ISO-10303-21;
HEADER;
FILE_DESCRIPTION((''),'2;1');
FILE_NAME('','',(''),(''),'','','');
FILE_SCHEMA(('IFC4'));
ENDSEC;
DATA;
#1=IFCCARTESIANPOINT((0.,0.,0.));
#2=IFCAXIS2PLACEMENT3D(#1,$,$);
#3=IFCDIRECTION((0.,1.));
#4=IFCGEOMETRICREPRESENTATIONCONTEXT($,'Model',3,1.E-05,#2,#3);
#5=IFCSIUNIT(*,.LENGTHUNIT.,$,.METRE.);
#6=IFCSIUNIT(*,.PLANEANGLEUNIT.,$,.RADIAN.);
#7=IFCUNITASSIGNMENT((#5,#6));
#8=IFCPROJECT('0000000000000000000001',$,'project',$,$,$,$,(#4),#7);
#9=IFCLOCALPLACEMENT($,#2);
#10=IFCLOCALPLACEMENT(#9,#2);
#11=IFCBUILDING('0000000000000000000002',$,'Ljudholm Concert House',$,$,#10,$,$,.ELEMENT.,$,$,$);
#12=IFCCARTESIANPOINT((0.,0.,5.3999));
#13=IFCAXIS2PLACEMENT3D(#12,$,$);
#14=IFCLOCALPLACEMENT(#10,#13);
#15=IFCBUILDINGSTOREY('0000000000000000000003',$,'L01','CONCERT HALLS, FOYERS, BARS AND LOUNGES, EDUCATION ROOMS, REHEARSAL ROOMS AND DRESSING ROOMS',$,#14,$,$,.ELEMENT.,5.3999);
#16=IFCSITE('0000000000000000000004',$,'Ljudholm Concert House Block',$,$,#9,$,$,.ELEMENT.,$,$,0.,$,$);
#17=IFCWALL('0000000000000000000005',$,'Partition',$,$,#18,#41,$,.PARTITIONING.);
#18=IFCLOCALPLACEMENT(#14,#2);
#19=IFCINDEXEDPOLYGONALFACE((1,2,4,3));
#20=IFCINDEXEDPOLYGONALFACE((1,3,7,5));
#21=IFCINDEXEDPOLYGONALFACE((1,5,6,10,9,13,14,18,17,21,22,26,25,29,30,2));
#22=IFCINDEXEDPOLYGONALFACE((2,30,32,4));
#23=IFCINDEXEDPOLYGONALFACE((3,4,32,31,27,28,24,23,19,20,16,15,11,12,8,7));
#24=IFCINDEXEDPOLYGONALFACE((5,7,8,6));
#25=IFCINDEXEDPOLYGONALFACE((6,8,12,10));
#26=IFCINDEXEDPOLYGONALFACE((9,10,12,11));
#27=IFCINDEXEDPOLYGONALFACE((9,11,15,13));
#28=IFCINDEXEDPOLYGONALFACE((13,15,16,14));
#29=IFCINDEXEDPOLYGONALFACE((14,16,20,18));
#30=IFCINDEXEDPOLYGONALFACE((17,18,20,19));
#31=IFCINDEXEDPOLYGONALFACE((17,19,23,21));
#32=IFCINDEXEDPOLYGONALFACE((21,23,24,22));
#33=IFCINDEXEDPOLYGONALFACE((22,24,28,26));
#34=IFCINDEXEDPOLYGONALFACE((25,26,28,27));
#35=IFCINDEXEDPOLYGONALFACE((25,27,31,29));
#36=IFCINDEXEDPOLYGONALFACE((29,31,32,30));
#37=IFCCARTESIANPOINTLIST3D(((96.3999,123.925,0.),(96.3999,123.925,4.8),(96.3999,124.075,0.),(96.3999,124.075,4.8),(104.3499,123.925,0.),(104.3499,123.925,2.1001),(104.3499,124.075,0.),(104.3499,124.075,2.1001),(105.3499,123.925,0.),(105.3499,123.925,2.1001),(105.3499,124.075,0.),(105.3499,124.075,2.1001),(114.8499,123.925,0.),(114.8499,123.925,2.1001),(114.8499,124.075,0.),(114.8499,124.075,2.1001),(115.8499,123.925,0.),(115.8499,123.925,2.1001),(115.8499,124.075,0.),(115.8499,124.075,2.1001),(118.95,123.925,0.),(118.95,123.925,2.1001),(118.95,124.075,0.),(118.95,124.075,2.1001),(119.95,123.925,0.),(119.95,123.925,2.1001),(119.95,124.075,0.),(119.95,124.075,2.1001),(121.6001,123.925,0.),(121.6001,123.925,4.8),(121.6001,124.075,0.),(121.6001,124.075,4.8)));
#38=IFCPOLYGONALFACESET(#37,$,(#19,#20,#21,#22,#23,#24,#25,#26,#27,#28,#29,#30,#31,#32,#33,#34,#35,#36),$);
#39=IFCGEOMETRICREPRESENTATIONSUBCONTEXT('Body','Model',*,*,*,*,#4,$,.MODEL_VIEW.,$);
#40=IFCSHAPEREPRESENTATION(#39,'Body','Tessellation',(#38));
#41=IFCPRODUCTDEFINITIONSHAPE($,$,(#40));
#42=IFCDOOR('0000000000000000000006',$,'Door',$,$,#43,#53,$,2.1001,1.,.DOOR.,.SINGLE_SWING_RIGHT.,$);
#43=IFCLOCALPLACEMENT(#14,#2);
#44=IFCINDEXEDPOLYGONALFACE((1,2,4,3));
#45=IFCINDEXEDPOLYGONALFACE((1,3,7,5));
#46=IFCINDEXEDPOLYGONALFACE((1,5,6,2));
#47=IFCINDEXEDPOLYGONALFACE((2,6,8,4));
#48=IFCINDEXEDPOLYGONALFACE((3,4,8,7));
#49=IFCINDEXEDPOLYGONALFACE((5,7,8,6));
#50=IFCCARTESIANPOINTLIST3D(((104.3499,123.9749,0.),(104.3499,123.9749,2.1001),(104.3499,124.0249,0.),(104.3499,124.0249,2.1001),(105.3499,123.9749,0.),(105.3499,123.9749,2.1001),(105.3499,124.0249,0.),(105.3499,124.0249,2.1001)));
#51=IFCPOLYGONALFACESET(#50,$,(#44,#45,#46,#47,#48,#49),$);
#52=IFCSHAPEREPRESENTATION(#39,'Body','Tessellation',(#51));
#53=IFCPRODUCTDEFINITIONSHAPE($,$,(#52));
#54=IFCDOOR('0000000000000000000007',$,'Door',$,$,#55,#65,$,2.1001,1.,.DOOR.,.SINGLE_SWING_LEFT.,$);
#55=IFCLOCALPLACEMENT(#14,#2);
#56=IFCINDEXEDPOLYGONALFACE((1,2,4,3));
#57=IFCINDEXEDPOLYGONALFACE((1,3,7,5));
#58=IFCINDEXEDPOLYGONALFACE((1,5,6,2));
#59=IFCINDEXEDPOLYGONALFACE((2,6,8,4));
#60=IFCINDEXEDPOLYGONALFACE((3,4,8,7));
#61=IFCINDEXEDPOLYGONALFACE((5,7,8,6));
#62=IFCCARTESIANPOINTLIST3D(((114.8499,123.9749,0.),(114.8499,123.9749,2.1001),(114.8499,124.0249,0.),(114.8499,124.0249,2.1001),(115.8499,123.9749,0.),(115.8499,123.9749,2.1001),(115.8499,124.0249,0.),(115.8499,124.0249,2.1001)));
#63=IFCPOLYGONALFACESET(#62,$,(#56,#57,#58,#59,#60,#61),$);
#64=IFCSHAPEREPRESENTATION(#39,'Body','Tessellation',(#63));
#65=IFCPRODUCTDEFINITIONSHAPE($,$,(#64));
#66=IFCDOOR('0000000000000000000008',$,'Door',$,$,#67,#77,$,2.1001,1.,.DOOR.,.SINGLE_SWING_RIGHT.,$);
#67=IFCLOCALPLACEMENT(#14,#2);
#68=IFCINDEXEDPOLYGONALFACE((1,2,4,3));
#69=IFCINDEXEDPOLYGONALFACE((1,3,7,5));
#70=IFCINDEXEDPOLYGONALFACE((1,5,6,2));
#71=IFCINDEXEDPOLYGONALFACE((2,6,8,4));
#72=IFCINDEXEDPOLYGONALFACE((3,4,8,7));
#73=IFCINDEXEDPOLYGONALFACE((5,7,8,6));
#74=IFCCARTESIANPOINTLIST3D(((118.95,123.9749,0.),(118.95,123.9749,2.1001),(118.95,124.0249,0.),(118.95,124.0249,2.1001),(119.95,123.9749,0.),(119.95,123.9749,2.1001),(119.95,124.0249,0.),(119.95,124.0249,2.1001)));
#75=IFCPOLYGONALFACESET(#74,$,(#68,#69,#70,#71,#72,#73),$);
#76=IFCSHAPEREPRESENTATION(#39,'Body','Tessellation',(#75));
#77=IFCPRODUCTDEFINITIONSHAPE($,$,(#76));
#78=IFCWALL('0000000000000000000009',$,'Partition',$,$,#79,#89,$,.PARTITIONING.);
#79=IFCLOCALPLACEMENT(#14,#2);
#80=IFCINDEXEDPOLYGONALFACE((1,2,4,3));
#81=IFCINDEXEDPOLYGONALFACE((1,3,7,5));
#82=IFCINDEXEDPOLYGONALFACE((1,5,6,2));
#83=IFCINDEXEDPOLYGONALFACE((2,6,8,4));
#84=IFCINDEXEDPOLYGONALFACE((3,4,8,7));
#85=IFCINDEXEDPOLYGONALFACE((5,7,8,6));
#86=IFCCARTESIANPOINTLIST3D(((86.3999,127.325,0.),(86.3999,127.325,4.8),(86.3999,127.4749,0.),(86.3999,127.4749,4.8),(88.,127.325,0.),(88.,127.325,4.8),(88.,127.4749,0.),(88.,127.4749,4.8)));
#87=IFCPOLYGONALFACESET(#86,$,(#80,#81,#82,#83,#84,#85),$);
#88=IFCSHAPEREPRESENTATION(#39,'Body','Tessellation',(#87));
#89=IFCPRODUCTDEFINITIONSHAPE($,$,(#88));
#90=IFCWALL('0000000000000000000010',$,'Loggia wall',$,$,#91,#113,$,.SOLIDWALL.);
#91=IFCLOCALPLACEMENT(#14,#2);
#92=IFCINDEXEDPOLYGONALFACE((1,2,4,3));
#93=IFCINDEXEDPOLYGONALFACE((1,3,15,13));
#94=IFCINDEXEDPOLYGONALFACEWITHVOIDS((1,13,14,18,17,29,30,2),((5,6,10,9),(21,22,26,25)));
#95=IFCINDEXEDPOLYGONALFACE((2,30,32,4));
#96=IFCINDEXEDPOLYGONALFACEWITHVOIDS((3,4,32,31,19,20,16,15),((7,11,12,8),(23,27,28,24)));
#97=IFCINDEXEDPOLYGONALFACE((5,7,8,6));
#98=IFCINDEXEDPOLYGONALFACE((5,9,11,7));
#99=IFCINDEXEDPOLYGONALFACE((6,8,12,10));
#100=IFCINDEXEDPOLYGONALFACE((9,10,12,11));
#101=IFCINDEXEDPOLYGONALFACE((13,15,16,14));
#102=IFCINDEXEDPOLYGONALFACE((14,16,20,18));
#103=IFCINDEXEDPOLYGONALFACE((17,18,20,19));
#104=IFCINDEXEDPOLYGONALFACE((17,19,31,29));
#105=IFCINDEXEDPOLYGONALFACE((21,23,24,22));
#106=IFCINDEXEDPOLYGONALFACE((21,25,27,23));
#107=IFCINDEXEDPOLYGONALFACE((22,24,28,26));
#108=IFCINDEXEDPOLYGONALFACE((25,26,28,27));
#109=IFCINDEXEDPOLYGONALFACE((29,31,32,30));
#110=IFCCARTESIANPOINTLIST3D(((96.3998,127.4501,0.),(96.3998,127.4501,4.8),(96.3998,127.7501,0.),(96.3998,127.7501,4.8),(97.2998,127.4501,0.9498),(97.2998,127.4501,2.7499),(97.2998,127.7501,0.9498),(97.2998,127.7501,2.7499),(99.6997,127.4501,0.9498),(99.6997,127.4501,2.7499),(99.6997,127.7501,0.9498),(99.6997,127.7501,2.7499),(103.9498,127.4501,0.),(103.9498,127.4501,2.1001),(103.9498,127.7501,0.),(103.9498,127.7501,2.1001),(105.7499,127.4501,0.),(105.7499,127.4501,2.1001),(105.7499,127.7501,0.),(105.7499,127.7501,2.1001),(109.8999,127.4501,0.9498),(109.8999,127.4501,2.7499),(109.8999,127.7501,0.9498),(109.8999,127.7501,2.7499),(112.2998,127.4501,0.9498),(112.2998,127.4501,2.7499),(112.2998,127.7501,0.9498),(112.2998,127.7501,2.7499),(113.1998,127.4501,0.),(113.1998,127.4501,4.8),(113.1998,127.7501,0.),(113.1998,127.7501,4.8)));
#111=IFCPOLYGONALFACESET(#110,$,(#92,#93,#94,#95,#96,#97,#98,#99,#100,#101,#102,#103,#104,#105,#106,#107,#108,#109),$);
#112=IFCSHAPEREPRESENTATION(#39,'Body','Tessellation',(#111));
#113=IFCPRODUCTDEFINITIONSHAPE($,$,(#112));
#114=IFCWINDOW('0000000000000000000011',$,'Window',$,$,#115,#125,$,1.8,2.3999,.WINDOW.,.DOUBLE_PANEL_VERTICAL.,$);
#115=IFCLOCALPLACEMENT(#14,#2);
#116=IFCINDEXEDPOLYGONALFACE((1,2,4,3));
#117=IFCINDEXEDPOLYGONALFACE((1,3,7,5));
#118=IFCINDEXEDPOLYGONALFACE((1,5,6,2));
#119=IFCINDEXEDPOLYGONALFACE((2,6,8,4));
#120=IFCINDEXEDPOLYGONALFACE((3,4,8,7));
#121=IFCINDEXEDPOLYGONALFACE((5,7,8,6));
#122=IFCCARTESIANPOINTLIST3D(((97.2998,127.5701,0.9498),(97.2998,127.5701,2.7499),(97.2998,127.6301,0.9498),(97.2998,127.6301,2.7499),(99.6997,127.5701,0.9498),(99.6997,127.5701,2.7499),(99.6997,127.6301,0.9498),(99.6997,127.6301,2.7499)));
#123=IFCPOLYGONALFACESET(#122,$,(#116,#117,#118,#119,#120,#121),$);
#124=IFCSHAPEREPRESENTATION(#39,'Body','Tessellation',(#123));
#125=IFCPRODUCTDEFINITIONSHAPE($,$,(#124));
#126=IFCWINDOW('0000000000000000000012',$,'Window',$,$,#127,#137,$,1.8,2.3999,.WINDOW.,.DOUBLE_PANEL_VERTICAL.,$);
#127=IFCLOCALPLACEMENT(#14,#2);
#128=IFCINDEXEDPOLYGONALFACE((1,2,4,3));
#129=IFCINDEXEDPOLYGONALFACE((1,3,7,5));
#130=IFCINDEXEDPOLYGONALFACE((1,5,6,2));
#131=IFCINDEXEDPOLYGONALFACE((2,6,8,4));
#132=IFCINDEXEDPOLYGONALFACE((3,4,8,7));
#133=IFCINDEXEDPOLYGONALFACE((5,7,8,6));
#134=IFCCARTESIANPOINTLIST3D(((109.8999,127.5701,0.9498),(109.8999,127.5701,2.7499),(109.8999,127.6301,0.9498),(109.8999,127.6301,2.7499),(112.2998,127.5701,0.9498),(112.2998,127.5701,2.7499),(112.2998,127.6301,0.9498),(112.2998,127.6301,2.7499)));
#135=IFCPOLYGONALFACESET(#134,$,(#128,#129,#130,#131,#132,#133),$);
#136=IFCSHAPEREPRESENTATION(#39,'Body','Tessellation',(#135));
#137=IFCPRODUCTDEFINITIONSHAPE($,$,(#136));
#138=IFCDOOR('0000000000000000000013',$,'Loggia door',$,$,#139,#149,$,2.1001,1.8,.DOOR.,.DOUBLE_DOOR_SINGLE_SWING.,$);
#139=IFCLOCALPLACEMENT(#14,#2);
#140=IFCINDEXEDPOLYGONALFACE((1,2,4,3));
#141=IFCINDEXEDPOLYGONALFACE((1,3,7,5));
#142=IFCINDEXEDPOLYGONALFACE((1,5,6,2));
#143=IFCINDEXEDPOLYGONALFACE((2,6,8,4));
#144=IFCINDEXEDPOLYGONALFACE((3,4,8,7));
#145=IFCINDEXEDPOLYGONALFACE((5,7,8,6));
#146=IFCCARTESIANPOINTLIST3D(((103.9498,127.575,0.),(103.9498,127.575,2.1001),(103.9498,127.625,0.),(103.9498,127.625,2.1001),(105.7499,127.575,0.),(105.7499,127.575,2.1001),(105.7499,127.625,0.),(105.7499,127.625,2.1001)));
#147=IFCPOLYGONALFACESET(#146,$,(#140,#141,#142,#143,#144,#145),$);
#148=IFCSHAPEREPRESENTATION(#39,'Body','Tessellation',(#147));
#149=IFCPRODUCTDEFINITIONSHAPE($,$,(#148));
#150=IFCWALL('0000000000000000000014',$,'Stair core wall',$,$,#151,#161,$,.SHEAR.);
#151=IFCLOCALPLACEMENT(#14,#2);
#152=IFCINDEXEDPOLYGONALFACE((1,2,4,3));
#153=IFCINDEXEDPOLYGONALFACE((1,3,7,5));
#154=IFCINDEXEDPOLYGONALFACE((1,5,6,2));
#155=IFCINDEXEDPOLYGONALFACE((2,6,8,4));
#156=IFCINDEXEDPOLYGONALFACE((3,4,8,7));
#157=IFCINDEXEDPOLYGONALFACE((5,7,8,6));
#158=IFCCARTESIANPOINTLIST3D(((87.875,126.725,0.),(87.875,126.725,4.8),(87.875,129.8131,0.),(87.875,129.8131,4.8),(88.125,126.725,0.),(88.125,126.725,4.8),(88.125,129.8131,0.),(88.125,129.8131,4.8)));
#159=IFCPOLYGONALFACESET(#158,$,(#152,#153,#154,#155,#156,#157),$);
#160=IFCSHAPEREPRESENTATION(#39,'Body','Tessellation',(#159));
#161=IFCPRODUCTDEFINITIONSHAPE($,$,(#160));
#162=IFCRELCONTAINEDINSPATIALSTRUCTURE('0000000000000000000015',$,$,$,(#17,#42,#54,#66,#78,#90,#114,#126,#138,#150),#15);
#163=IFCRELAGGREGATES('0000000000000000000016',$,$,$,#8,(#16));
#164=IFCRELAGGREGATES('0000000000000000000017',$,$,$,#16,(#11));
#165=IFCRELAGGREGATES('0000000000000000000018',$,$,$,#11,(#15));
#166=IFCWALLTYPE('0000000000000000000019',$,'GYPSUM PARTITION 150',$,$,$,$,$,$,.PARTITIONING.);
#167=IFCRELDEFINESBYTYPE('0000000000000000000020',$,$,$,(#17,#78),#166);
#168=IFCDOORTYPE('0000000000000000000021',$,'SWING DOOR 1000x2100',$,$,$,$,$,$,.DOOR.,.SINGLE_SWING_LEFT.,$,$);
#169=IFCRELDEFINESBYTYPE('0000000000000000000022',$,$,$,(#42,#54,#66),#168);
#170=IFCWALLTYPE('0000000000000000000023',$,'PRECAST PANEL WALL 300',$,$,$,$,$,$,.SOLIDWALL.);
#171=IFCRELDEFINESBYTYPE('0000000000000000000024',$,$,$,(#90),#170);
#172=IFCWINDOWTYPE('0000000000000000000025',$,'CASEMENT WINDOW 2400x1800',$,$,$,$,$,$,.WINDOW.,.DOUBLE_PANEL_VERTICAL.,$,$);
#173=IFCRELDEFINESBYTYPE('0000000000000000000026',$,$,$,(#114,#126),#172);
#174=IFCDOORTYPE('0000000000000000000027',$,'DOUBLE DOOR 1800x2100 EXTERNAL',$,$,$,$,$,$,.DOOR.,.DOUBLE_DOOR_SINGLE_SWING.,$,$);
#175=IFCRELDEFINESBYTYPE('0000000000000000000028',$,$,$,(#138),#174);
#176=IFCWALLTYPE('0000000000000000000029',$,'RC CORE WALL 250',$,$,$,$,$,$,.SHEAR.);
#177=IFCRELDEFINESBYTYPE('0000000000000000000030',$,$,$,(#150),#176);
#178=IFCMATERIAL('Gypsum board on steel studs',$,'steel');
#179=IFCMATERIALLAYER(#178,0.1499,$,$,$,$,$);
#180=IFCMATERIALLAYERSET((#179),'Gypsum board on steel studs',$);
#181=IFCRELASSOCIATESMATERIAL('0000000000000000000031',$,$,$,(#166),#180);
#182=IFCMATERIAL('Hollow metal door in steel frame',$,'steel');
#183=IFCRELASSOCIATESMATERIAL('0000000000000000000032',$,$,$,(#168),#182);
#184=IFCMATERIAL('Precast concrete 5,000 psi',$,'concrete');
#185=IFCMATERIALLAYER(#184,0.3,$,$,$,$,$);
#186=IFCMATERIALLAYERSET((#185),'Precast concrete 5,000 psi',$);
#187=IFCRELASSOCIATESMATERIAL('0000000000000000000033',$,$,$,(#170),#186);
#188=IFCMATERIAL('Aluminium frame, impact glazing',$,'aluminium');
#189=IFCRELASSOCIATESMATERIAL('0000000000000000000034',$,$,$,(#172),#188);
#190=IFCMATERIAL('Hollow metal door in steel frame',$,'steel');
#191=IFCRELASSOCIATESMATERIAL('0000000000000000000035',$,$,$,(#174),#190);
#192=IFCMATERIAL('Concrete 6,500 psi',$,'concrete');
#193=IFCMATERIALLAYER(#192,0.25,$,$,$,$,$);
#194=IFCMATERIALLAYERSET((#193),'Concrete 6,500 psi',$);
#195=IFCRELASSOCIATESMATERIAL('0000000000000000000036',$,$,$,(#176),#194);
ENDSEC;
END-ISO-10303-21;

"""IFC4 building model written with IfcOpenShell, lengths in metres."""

from ifc_helpers import new_model, si_unit, direction, frame, frame_2d, origin, place, context, subcontext, project, spatial, rectangle, extrude, material, layer, layer_set, type_object, element, fill, save


model = new_model("IFC4")

# Units and contexts
model_context = context("Model", 3, precision=1e-05, world=origin(), true_north=direction((0.0, 1.0)))
body_context = subcontext(model_context, "Body", "Model", "MODEL_VIEW")
ifc_project = project(units=[si_unit("LENGTHUNIT", "METRE"), si_unit("PLANEANGLEUNIT", "RADIAN")], contexts=[model_context])

# Site, building, storey
site_placement = place(None, origin())
site = spatial("IfcSite", under=ifc_project, at=site_placement, Name="Ljudholm Concert House Block", CompositionType="ELEMENT", RefElevation=0.0)
building_placement = place(site_placement, origin())
building = spatial("IfcBuilding", under=site, at=building_placement, Name="Ljudholm Concert House", CompositionType="ELEMENT")
storey_placement = place(building_placement, frame((0.0, 0.0, 5.3999)))
storey = spatial("IfcBuildingStorey", under=building, at=storey_placement, Name="L01", Description="CONCERT HALLS, FOYERS, BARS AND LOUNGES, EDUCATION ROOMS, REHEARSAL ROOMS AND DRESSING ROOMS", CompositionType="ELEMENT", Elevation=5.3999)

# Shared definitions
ifc_material_1 = material(Name="Gypsum board on steel studs", Category="steel")
ifc_layer_1 = layer(ifc_material_1, 0.1499)
ifc_layer_set_1 = layer_set([ifc_layer_1], Name="Gypsum board on steel studs")
wall_type_1 = type_object("IfcWallType", Name="GYPSUM PARTITION 150", PredefinedType="PARTITIONING", material=ifc_layer_set_1)

# Wall, openings, doors
wall_1_placement = place(storey_placement, frame((96.3999, 124.0, 0.0), z_axis=(0.0, 0.0, 1.0), x_axis=(1.0, 0.0, 0.0)))
wall_1 = element("IfcWall", 1, at=wall_1_placement, inside=storey, type_object=wall_type_1, Name="Partition", PredefinedType="PARTITIONING", context=body_context, shape_type="SweptSolid", body=[
    extrude(rectangle(XDim=25.2002, YDim=0.1499, at=frame_2d((12.6001, 0.0))), origin(), (0.0, 0.0, 1.0), 4.8),
])
opening_1_placement = place(wall_1_placement, frame((7.95, 0.0, 0.0)))
opening_1 = element("IfcOpeningElement", 2, at=opening_1_placement, cuts=wall_1, PredefinedType="OPENING", context=body_context, shape_type="SweptSolid", body=[
    extrude(rectangle(XDim=1.0, YDim=2.1001, at=frame_2d((0.5, 1.05))), frame((0.0, 0.085, 0.0), z_axis=(0.0, -1.0, 0.0), x_axis=(1.0, 0.0, 0.0)), (0.0, 0.0, 1.0), 0.1699),
])
opening_2_placement = place(wall_1_placement, frame((18.45, 0.0, 0.0)))
opening_2 = element("IfcOpeningElement", 3, at=opening_2_placement, cuts=wall_1, PredefinedType="OPENING", context=body_context, shape_type="SweptSolid", body=[
    extrude(rectangle(XDim=1.0, YDim=2.1001, at=frame_2d((0.5, 1.05))), frame((0.0, 0.085, 0.0), z_axis=(0.0, -1.0, 0.0), x_axis=(1.0, 0.0, 0.0)), (0.0, 0.0, 1.0), 0.1699),
])
opening_3_placement = place(wall_1_placement, frame((22.55, 0.0, 0.0)))
opening_3 = element("IfcOpeningElement", 4, at=opening_3_placement, cuts=wall_1, PredefinedType="OPENING", context=body_context, shape_type="SweptSolid", body=[
    extrude(rectangle(XDim=1.0, YDim=2.1001, at=frame_2d((0.5, 1.05))), frame((0.0, 0.085, 0.0), z_axis=(0.0, -1.0, 0.0), x_axis=(1.0, 0.0, 0.0)), (0.0, 0.0, 1.0), 0.1699),
])
ifc_material_2 = material(Name="Hollow metal door in steel frame", Category="steel")
door_type_1 = type_object("IfcDoorType", Name="SWING DOOR 1000x2100", OperationType="SINGLE_SWING_LEFT", PredefinedType="DOOR", material=ifc_material_2)
door_1_placement = place(opening_1_placement, origin())
door_1 = element("IfcDoor", 5, at=door_1_placement, inside=storey, type_object=door_type_1, Name="Door", OperationType="SINGLE_SWING_RIGHT", OverallHeight=2.1001, OverallWidth=1.0, PredefinedType="DOOR", context=body_context, shape_type="SweptSolid", body=[
    extrude(rectangle(XDim=1.0, YDim=2.1001, at=frame_2d((0.5, 1.05))), frame((0.0, 0.0249, 0.0), z_axis=(0.0, -1.0, 0.0), x_axis=(1.0, 0.0, 0.0)), (0.0, 0.0, 1.0), 0.05),
])
fill(opening_1, door_1)
door_2_placement = place(opening_2_placement, origin())
door_2 = element("IfcDoor", 6, at=door_2_placement, inside=storey, type_object=door_type_1, Name="Door", OperationType="SINGLE_SWING_LEFT", OverallHeight=2.1001, OverallWidth=1.0, PredefinedType="DOOR", context=body_context, shape_type="SweptSolid", body=[
    extrude(rectangle(XDim=1.0, YDim=2.1001, at=frame_2d((0.5, 1.05))), frame((0.0, 0.0249, 0.0), z_axis=(0.0, -1.0, 0.0), x_axis=(1.0, 0.0, 0.0)), (0.0, 0.0, 1.0), 0.05),
])
fill(opening_2, door_2)
door_3_placement = place(opening_3_placement, origin())
door_3 = element("IfcDoor", 7, at=door_3_placement, inside=storey, type_object=door_type_1, Name="Door", OperationType="SINGLE_SWING_RIGHT", OverallHeight=2.1001, OverallWidth=1.0, PredefinedType="DOOR", context=body_context, shape_type="SweptSolid", body=[
    extrude(rectangle(XDim=1.0, YDim=2.1001, at=frame_2d((0.5, 1.05))), frame((0.0, 0.0249, 0.0), z_axis=(0.0, -1.0, 0.0), x_axis=(1.0, 0.0, 0.0)), (0.0, 0.0, 1.0), 0.05),
])
fill(opening_3, door_3)

# Wall
wall_2_placement = place(storey_placement, frame((86.3999, 127.3999, 0.0), z_axis=(0.0, 0.0, 1.0), x_axis=(1.0, 0.0, 0.0)))
element("IfcWall", 8, at=wall_2_placement, inside=storey, type_object=wall_type_1, Name="Partition", PredefinedType="PARTITIONING", context=body_context, shape_type="SweptSolid", body=[
    extrude(rectangle(XDim=1.6001, YDim=0.1499, at=frame_2d((0.8, 0.0))), origin(), (0.0, 0.0, 1.0), 4.8),
])

# Wall, openings, windows, door
ifc_material_3 = material(Name="Precast concrete 5,000 psi", Category="concrete")
ifc_layer_2 = layer(ifc_material_3, 0.3)
ifc_layer_set_2 = layer_set([ifc_layer_2], Name="Precast concrete 5,000 psi")
wall_type_2 = type_object("IfcWallType", Name="PRECAST PANEL WALL 300", PredefinedType="SOLIDWALL", material=ifc_layer_set_2)
wall_3_placement = place(storey_placement, frame((96.3999, 127.6001, 0.0), z_axis=(0.0, 0.0, 1.0), x_axis=(1.0, 0.0, 0.0)))
wall_3 = element("IfcWall", 9, at=wall_3_placement, inside=storey, type_object=wall_type_2, Name="Loggia wall", PredefinedType="SOLIDWALL", context=body_context, shape_type="SweptSolid", body=[
    extrude(rectangle(XDim=16.8, YDim=0.3, at=frame_2d((8.3999, 0.0))), origin(), (0.0, 0.0, 1.0), 4.8),
])
opening_4_placement = place(wall_3_placement, frame((7.55, 0.0, 0.0)))
opening_4 = element("IfcOpeningElement", 10, at=opening_4_placement, cuts=wall_3, PredefinedType="OPENING", context=body_context, shape_type="SweptSolid", body=[
    extrude(rectangle(XDim=1.8, YDim=2.1001, at=frame_2d((0.8999, 1.05))), frame((0.0, 0.1599, 0.0), z_axis=(0.0, -1.0, 0.0), x_axis=(1.0, 0.0, 0.0)), (0.0, 0.0, 1.0), 0.3201),
])
opening_5_placement = place(wall_3_placement, frame((0.8999, 0.0, 0.95)))
opening_5 = element("IfcOpeningElement", 11, at=opening_5_placement, cuts=wall_3, PredefinedType="OPENING", context=body_context, shape_type="SweptSolid", body=[
    extrude(rectangle(XDim=2.3999, YDim=1.8, at=frame_2d((1.2, 0.8999))), frame((0.0, 0.1599, 0.0), z_axis=(0.0, -1.0, 0.0), x_axis=(1.0, 0.0, 0.0)), (0.0, 0.0, 1.0), 0.3201),
])
opening_6_placement = place(wall_3_placement, frame((13.5, 0.0, 0.95)))
opening_6 = element("IfcOpeningElement", 12, at=opening_6_placement, cuts=wall_3, PredefinedType="OPENING", context=body_context, shape_type="SweptSolid", body=[
    extrude(rectangle(XDim=2.3999, YDim=1.8, at=frame_2d((1.2, 0.8999))), frame((0.0, 0.1599, 0.0), z_axis=(0.0, -1.0, 0.0), x_axis=(1.0, 0.0, 0.0)), (0.0, 0.0, 1.0), 0.3201),
])
ifc_material_4 = material(Name="Aluminium frame, impact glazing", Category="aluminium")
window_type = type_object("IfcWindowType", Name="CASEMENT WINDOW 2400x1800", PartitioningType="DOUBLE_PANEL_VERTICAL", PredefinedType="WINDOW", material=ifc_material_4)
window_1_placement = place(opening_5_placement, origin())
window_1 = element("IfcWindow", 13, at=window_1_placement, inside=storey, type_object=window_type, Name="Window", OverallHeight=1.8, OverallWidth=2.3999, PartitioningType="DOUBLE_PANEL_VERTICAL", PredefinedType="WINDOW", context=body_context, shape_type="SweptSolid", body=[
    extrude(rectangle(XDim=2.3999, YDim=1.8, at=frame_2d((1.2, 0.8999))), frame((0.0, 0.03, 0.0), z_axis=(0.0, -1.0, 0.0), x_axis=(1.0, 0.0, 0.0)), (0.0, 0.0, 1.0), 0.0601),
])
fill(opening_5, window_1)
window_2_placement = place(opening_6_placement, origin())
window_2 = element("IfcWindow", 14, at=window_2_placement, inside=storey, type_object=window_type, Name="Window", OverallHeight=1.8, OverallWidth=2.3999, PartitioningType="DOUBLE_PANEL_VERTICAL", PredefinedType="WINDOW", context=body_context, shape_type="SweptSolid", body=[
    extrude(rectangle(XDim=2.3999, YDim=1.8, at=frame_2d((1.2, 0.8999))), frame((0.0, 0.03, 0.0), z_axis=(0.0, -1.0, 0.0), x_axis=(1.0, 0.0, 0.0)), (0.0, 0.0, 1.0), 0.0601),
])
fill(opening_6, window_2)
ifc_material_5 = material(Name="Hollow metal door in steel frame", Category="steel")
door_type_2 = type_object("IfcDoorType", Name="DOUBLE DOOR 1800x2100 EXTERNAL", OperationType="DOUBLE_DOOR_SINGLE_SWING", PredefinedType="DOOR", material=ifc_material_5)
door_4_placement = place(opening_4_placement, origin())
door_4 = element("IfcDoor", 15, at=door_4_placement, inside=storey, type_object=door_type_2, Name="Loggia door", OperationType="DOUBLE_DOOR_SINGLE_SWING", OverallHeight=2.1001, OverallWidth=1.8, PredefinedType="DOOR", context=body_context, shape_type="SweptSolid", body=[
    extrude(rectangle(XDim=1.8, YDim=2.1001, at=frame_2d((0.8999, 1.05))), frame((0.0, 0.0249, 0.0), z_axis=(0.0, -1.0, 0.0), x_axis=(1.0, 0.0, 0.0)), (0.0, 0.0, 1.0), 0.05),
])
fill(opening_4, door_4)

# Wall
ifc_material_6 = material(Name="Concrete 6,500 psi", Category="concrete")
ifc_layer_3 = layer(ifc_material_6, 0.25)
ifc_layer_set_3 = layer_set([ifc_layer_3], Name="Concrete 6,500 psi")
wall_type_3 = type_object("IfcWallType", Name="RC CORE WALL 250", PredefinedType="SHEAR", material=ifc_layer_set_3)
for number, where, z_axis, x_axis, name in (
    (16, (88.0, 126.7251, 0.0), (0.0, 0.0, 1.0), (0.0, 1.0, 0.0), "Stair core wall"),
):
    element("IfcWall", number, at=place(storey_placement, frame(where, z_axis=z_axis, x_axis=x_axis)), inside=storey, type_object=wall_type_3, Name=name, PredefinedType="SHEAR", context=body_context, shape_type="SweptSolid", body=[
        extrude(rectangle(XDim=3.0881, YDim=0.25, at=frame_2d((1.5439, 0.0))), origin(), (0.0, 0.0, 1.0), 4.8),
    ])

save(model, "model.ifc")
